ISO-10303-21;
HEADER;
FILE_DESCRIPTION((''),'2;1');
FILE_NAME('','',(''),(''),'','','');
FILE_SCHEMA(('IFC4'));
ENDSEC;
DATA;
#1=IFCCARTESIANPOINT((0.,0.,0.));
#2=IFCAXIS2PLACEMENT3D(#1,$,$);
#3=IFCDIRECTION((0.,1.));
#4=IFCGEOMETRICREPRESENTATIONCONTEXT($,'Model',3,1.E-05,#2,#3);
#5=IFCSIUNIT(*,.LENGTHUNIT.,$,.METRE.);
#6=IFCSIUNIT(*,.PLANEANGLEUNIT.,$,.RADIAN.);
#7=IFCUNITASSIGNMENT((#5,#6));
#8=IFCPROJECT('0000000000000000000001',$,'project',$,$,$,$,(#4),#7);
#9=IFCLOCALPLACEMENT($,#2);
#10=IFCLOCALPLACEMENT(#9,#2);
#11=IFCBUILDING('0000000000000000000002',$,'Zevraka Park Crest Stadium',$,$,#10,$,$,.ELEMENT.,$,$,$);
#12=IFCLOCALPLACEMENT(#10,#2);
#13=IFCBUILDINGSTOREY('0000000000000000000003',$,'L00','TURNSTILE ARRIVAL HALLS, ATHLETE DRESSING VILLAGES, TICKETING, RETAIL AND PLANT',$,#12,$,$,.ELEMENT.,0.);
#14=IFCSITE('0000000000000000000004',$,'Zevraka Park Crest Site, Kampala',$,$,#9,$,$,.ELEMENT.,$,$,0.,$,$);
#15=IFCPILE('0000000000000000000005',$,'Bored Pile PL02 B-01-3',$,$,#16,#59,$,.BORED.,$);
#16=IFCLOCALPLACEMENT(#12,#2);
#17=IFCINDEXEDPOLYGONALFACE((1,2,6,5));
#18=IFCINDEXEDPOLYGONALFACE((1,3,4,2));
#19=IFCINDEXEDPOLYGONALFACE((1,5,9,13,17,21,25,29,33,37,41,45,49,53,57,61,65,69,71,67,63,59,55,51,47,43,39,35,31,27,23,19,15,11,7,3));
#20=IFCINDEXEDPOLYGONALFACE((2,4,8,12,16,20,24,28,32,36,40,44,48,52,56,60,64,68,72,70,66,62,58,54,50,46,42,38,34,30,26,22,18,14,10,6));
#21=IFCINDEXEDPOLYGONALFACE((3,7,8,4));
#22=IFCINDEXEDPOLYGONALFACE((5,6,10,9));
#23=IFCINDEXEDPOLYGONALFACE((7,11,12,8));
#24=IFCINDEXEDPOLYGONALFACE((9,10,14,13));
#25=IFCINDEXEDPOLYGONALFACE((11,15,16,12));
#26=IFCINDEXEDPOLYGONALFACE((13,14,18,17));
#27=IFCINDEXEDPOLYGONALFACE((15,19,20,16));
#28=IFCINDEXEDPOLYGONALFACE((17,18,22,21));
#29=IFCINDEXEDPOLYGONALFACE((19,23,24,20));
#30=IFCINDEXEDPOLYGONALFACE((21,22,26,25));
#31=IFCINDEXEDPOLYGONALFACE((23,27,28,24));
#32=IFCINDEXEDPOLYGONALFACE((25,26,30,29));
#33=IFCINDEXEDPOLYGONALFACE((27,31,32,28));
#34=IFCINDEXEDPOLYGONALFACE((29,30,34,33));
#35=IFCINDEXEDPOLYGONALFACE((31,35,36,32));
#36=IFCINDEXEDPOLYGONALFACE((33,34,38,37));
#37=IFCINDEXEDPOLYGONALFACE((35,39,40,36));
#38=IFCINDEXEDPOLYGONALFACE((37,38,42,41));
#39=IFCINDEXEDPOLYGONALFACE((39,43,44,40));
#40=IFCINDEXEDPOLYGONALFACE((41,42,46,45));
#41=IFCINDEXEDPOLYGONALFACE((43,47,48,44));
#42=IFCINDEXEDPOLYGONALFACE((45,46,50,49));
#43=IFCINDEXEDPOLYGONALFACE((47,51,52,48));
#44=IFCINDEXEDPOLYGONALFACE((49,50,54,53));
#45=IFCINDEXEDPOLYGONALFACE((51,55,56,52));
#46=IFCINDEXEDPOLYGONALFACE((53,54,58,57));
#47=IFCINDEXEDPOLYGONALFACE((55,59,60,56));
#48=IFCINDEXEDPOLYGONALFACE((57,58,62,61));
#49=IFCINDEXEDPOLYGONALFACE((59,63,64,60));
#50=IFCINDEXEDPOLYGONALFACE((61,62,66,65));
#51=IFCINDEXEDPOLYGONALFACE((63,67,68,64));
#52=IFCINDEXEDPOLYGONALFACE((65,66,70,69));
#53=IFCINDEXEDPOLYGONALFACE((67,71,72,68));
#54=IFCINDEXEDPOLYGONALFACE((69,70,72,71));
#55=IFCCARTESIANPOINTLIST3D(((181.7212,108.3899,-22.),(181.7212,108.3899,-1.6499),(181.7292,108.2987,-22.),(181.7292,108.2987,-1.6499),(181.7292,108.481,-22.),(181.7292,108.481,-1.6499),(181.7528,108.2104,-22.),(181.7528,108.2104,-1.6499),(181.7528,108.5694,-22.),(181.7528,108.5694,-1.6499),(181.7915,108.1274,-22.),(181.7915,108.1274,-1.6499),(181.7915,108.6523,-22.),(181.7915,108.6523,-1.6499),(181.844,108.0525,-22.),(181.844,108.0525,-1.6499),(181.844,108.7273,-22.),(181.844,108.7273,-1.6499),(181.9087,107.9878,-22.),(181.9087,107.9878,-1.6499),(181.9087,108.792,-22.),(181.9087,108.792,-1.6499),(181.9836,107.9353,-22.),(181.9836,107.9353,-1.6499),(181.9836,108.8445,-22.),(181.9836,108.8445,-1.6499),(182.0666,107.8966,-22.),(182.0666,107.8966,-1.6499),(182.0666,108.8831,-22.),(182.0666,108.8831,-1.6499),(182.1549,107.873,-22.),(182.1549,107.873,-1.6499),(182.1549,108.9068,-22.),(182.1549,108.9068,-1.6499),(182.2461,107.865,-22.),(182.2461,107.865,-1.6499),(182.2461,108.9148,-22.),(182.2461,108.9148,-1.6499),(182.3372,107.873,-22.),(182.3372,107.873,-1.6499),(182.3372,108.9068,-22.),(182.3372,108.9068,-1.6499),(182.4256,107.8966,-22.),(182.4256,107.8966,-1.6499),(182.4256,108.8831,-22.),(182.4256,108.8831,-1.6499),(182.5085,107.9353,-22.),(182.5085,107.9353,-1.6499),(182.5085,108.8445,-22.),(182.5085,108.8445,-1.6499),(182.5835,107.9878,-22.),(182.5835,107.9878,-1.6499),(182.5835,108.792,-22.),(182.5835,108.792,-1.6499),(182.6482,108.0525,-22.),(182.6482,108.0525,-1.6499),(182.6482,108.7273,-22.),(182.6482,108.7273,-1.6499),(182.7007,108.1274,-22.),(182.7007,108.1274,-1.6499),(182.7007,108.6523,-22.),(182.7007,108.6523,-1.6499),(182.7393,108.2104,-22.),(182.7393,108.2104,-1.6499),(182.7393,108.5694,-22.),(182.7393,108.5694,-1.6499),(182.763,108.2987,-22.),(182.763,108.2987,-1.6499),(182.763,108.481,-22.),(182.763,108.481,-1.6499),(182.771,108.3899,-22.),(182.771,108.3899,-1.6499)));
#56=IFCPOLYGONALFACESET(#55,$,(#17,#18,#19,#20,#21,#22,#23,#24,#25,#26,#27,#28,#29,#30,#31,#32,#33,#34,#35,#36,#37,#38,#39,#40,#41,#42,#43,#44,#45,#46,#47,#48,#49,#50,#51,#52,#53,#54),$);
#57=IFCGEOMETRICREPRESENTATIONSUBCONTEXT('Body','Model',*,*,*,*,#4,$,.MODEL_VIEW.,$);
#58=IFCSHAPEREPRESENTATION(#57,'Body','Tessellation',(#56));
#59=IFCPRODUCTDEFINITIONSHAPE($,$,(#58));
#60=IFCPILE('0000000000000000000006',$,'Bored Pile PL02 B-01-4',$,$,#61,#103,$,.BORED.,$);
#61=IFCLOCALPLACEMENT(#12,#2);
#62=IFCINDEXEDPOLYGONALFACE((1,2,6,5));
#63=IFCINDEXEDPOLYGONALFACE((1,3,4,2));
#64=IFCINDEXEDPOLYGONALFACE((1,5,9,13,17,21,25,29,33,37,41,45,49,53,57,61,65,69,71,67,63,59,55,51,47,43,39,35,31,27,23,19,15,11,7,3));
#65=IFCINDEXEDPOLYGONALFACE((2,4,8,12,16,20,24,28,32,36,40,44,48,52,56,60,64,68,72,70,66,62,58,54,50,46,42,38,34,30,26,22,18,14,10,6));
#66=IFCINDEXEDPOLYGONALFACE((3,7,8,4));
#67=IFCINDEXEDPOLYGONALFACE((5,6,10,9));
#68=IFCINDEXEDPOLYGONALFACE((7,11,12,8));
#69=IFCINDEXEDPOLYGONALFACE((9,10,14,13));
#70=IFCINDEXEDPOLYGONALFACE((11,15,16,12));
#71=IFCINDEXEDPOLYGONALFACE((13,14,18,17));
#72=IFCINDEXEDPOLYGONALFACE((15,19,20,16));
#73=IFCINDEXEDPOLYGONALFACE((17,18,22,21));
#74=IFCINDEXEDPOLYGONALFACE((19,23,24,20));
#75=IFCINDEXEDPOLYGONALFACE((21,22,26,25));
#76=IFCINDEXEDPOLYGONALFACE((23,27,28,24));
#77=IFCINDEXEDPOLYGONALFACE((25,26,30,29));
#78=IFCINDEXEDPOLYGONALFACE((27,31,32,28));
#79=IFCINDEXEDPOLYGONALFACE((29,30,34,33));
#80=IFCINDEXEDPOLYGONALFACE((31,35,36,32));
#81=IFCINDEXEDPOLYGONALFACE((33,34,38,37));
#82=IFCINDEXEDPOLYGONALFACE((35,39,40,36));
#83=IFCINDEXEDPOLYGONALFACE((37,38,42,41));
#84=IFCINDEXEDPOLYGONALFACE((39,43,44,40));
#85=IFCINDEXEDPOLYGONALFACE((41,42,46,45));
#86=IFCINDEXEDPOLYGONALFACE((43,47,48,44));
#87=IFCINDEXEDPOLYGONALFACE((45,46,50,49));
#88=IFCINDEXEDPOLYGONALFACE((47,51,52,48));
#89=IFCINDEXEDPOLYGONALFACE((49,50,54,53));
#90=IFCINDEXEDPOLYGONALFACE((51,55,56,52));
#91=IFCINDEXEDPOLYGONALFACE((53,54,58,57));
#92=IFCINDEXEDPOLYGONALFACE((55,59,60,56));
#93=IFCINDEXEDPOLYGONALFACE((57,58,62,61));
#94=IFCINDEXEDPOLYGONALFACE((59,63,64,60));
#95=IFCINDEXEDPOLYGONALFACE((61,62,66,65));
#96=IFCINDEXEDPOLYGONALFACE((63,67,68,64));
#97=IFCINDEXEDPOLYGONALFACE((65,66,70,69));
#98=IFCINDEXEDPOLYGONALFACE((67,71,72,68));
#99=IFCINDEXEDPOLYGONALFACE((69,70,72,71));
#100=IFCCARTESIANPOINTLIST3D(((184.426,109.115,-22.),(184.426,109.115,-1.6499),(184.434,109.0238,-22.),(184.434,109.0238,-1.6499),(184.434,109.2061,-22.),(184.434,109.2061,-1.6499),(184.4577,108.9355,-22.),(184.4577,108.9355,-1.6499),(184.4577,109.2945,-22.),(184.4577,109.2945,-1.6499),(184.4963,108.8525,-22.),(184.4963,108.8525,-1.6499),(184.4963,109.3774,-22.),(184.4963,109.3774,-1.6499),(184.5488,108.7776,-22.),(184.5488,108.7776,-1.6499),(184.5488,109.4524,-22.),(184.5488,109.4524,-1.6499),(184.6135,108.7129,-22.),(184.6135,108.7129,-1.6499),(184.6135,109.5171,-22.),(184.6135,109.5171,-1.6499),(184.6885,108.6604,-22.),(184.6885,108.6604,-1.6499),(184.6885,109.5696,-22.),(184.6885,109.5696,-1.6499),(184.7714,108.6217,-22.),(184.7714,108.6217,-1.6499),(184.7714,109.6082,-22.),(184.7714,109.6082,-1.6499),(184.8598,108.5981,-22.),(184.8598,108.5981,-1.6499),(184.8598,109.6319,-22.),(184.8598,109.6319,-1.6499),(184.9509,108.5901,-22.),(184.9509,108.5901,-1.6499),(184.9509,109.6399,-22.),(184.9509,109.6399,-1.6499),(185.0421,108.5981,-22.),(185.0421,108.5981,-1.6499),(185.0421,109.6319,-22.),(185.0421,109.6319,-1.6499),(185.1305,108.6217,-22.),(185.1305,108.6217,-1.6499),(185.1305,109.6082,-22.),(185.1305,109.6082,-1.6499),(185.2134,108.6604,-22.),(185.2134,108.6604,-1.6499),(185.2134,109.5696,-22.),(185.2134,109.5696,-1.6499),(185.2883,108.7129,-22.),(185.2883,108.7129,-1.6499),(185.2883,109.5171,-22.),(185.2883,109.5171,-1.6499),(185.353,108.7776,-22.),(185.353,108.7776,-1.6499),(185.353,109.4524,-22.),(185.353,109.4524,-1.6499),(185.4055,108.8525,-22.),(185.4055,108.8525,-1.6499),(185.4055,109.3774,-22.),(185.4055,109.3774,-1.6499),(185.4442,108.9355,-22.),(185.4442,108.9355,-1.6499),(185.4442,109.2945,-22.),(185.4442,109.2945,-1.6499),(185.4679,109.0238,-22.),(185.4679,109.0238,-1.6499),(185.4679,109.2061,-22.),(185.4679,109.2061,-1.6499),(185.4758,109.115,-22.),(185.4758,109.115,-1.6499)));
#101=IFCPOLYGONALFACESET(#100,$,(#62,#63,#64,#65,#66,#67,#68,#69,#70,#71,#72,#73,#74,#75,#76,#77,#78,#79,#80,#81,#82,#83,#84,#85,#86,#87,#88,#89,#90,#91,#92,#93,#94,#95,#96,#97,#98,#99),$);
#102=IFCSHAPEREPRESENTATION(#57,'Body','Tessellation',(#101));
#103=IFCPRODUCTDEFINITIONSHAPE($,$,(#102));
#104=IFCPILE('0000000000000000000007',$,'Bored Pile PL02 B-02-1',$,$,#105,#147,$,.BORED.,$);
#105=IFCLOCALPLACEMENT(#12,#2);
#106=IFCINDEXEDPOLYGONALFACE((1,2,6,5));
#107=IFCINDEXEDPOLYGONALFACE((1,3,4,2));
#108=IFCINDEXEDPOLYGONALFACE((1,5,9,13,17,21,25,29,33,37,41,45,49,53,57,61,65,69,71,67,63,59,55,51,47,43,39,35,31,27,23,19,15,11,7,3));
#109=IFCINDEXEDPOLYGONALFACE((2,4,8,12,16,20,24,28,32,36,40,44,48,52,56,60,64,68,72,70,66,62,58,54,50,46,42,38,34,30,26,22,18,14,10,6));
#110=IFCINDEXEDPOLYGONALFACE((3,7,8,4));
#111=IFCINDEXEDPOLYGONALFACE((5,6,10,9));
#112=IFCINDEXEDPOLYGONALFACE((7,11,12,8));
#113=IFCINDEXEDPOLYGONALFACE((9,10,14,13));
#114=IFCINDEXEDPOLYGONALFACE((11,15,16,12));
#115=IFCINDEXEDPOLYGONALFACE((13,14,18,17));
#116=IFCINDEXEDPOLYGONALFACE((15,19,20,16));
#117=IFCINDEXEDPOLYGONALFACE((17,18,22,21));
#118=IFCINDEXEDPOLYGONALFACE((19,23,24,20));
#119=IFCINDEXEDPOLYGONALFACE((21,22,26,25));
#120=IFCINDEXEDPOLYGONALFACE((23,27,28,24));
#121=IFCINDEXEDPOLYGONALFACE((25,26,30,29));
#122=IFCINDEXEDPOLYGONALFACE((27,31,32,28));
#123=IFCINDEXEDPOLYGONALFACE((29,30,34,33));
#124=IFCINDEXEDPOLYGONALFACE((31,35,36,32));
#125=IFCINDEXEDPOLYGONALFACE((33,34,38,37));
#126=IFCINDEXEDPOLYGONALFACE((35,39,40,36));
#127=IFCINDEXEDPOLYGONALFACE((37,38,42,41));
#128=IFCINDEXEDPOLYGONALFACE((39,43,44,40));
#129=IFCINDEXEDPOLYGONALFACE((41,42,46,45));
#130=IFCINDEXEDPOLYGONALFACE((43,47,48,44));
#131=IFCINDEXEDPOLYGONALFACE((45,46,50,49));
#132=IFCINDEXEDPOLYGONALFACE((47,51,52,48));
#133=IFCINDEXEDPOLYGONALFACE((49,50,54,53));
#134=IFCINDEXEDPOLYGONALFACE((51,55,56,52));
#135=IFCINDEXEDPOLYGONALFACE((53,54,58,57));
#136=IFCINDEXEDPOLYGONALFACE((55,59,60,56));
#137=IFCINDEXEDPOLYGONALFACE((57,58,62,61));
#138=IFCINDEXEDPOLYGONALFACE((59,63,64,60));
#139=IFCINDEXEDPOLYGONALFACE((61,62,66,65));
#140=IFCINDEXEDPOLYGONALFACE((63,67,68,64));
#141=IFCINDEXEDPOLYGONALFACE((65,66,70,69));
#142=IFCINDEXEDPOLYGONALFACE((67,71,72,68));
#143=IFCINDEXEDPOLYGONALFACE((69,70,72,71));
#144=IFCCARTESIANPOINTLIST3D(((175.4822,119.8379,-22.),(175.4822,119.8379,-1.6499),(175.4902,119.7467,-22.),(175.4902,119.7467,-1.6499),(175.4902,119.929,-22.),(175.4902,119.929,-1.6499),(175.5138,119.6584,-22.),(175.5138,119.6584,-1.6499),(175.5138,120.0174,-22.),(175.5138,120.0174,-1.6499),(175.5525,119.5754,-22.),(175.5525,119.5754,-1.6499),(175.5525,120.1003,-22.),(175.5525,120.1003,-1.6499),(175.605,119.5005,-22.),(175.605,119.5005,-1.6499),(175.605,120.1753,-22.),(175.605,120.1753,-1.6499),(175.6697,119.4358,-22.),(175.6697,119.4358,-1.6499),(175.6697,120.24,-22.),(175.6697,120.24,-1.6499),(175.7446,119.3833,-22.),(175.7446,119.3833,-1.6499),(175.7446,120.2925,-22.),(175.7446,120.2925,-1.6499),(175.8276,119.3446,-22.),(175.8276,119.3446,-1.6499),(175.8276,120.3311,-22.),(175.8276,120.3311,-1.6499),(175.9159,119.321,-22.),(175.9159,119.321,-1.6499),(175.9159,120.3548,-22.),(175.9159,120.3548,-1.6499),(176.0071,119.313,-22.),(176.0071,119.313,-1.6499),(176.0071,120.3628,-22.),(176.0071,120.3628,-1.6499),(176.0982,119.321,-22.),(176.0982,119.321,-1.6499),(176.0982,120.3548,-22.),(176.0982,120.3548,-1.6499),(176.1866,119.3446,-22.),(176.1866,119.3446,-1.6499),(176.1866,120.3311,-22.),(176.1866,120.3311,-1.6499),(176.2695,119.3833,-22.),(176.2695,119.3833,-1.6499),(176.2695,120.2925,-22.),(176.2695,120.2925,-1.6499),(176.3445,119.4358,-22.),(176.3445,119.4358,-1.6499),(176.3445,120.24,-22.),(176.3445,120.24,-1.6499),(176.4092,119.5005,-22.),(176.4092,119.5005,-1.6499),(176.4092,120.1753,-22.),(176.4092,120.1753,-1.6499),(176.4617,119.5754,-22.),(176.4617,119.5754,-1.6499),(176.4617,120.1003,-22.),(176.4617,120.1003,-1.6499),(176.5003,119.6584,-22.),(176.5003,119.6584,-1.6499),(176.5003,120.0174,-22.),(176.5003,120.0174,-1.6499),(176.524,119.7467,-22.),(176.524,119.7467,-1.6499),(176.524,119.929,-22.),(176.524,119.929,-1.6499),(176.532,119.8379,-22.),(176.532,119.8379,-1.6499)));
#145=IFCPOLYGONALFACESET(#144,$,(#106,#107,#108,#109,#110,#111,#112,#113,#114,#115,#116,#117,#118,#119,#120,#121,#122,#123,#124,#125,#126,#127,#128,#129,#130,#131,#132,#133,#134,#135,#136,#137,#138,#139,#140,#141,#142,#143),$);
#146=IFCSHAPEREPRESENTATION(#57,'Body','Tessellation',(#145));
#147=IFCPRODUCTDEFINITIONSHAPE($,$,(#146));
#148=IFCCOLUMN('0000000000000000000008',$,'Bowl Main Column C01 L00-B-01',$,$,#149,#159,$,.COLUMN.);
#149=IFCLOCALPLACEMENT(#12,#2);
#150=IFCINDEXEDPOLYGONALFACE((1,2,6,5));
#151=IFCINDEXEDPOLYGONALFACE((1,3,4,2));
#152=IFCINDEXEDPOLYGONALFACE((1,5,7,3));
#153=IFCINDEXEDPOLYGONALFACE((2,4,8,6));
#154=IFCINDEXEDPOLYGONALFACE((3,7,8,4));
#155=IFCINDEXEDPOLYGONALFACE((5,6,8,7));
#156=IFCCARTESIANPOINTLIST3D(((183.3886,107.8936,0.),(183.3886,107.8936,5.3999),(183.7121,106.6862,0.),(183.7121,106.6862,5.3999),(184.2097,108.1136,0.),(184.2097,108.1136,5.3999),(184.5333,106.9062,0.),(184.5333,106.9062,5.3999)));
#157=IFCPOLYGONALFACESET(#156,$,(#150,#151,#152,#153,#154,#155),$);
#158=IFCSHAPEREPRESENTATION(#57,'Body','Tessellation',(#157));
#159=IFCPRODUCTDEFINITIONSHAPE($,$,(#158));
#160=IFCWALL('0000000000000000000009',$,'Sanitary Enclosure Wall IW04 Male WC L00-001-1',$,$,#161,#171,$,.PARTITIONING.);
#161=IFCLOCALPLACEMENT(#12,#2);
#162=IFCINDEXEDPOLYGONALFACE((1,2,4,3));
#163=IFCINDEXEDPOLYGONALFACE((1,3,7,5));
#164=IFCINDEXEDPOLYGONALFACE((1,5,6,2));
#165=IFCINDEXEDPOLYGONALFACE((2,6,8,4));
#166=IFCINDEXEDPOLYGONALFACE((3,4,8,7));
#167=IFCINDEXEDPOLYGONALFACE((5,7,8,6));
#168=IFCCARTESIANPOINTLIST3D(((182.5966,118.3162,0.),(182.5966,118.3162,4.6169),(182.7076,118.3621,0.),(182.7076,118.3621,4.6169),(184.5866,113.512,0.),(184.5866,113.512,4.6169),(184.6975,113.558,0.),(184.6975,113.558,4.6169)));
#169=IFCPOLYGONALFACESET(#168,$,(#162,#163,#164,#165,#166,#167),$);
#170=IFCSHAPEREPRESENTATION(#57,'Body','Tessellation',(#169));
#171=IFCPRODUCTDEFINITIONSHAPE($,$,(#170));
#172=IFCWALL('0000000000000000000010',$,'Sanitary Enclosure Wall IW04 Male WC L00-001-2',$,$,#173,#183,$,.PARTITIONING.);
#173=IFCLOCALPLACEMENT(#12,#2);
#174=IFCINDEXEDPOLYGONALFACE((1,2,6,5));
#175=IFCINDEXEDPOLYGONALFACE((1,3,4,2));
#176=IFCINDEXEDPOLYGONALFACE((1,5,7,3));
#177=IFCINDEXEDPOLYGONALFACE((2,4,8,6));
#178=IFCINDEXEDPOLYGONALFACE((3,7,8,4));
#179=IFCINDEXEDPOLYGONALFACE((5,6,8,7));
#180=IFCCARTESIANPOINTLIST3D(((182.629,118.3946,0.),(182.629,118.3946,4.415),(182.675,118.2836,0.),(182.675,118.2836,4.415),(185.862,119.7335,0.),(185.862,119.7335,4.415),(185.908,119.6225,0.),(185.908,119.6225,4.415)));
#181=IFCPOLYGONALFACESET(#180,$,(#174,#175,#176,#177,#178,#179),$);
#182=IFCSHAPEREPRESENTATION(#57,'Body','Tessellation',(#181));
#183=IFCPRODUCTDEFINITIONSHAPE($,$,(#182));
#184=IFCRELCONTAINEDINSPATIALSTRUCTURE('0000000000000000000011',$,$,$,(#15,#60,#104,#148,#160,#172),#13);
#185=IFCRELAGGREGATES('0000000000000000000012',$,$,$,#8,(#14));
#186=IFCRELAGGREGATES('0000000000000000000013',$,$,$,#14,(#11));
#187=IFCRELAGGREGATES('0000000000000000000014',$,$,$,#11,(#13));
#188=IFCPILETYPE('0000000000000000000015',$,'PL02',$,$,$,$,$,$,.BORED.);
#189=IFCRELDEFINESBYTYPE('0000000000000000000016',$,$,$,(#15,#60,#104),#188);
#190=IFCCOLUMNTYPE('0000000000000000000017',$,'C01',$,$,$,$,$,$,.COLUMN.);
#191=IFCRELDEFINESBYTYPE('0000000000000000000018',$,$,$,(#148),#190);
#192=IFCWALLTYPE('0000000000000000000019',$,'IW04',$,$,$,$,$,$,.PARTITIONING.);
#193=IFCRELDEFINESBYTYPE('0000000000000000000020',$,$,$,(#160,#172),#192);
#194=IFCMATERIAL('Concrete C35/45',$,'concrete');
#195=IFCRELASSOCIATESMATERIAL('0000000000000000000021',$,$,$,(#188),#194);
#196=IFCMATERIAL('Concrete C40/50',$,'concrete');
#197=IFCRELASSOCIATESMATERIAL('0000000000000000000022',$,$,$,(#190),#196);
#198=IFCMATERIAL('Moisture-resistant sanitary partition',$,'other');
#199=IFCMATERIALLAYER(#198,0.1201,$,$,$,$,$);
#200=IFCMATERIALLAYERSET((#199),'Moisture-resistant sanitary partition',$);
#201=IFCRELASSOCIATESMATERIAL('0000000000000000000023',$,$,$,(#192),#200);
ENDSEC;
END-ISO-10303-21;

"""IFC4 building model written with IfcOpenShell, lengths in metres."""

from ifc_helpers import new_model, si_unit, direction, frame, frame_2d, origin, origin_2d, place, context, subcontext, project, spatial, rectangle, circle, extrude, material, layer, layer_set, material_profile, profile_set, type_object, element, save


model = new_model("IFC4")

# Units and contexts
model_context = context("Model", 3, precision=1e-05, world=origin(), true_north=direction((0.0, 1.0)))
body_context = subcontext(model_context, "Body", "Model", "MODEL_VIEW")
ifc_project = project(units=[si_unit("LENGTHUNIT", "METRE"), si_unit("PLANEANGLEUNIT", "RADIAN")], contexts=[model_context])

# Site, building, storey
site_placement = place(None, origin())
site = spatial("IfcSite", under=ifc_project, at=site_placement, Name="Zevraka Park Crest Site, Kampala", CompositionType="ELEMENT", RefElevation=0.0)
building_placement = place(site_placement, origin())
building = spatial("IfcBuilding", under=site, at=building_placement, Name="Zevraka Park Crest Stadium", CompositionType="ELEMENT")
storey_placement = place(building_placement, origin())
storey = spatial("IfcBuildingStorey", under=building, at=storey_placement, Name="L00", Description="TURNSTILE ARRIVAL HALLS, ATHLETE DRESSING VILLAGES, TICKETING, RETAIL AND PLANT", CompositionType="ELEMENT", Elevation=0.0)

# Piles
ifc_material_1 = material(Name="Concrete C35/45", Category="concrete")
ifc_material_profile_1 = material_profile(ifc_material_1, circle(Radius=0.5249, at=origin_2d()), Name="PILE D1050")
ifc_profile_set_1 = profile_set([ifc_material_profile_1], Name="Concrete C35/45")
pile_type_1 = type_object("IfcPileType", Name="PL02", PredefinedType="BORED", material=ifc_profile_set_1)
for number, where, z_axis, x_axis, name in (
    (1, (182.2461, 108.3899, -1.6499), (0.0, 0.0, -1.0), (1.0, 0.0, 0.0), "Bored Pile PL02 B-01-3"),
    (2, (184.9509, 109.115, -1.6499), (0.0, 0.0, -1.0), (1.0, 0.0, 0.0), "Bored Pile PL02 B-01-4"),
    (3, (176.0071, 119.8379, -1.6499), (0.0, 0.0, -1.0), (1.0, 0.0, 0.0), "Bored Pile PL02 B-02-1"),
):
    element("IfcPile", number, at=place(storey_placement, frame(where, z_axis=z_axis, x_axis=x_axis)), inside=storey, type_object=pile_type_1, Name=name, PredefinedType="BORED", context=body_context, shape_type="SweptSolid", body=[
        extrude(circle(Radius=0.5249, at=origin_2d()), origin(), (0.0, 0.0, 1.0), 20.3501),
    ])

# Column
ifc_material_2 = material(Name="Concrete C40/50", Category="concrete")
ifc_material_profile_2 = material_profile(ifc_material_2, rectangle(XDim=0.8501, YDim=1.25, at=origin_2d()), Name="RC 1250x850")
ifc_profile_set_2 = profile_set([ifc_material_profile_2], Name="Concrete C40/50")
column_type = type_object("IfcColumnType", Name="C01", PredefinedType="COLUMN", material=ifc_profile_set_2)
column_placement = place(storey_placement, frame((183.9609, 107.3999, 0.0), z_axis=(0.0, 0.0, 1.0), x_axis=(0.965926, 0.258819, 0.0)))
element("IfcColumn", 4, at=column_placement, inside=storey, type_object=column_type, Name="Bowl Main Column C01 L00-B-01", PredefinedType="COLUMN", context=body_context, shape_type="SweptSolid", body=[
    extrude(rectangle(XDim=0.8501, YDim=1.25, at=origin_2d()), origin(), (0.0, 0.0, 1.0), 5.3999),
])

# Walls
ifc_material_3 = material(Name="Moisture-resistant sanitary partition", Category="other")
ifc_layer_1 = layer(ifc_material_3, 0.1201)
ifc_layer_set_1 = layer_set([ifc_layer_1], Name="Moisture-resistant sanitary partition")
wall_type_1 = type_object("IfcWallType", Name="IW04", PredefinedType="PARTITIONING", material=ifc_layer_set_1)
wall_1_placement = place(storey_placement, frame((184.6421, 113.5349, 0.0), z_axis=(0.0, 0.0, 1.0), x_axis=(-0.382688, 0.923878, 0.0)))
element("IfcWall", 5, at=wall_1_placement, inside=storey, type_object=wall_type_1, Name="Sanitary Enclosure Wall IW04 Male WC L00-001-1", PredefinedType="PARTITIONING", context=body_context, shape_type="SweptSolid", body=[
    extrude(rectangle(XDim=5.2, YDim=0.1201, at=frame_2d((2.6001, 0.0))), origin(), (0.0, 0.0, 1.0), 4.6169),
])
wall_2_placement = place(storey_placement, frame((182.6521, 118.3391, 0.0), z_axis=(0.0, 0.0, 1.0), x_axis=(0.923905, 0.382623, 0.0)))
element("IfcWall", 6, at=wall_2_placement, inside=storey, type_object=wall_type_1, Name="Sanitary Enclosure Wall IW04 Male WC L00-001-2", PredefinedType="PARTITIONING", context=body_context, shape_type="SweptSolid", body=[
    extrude(rectangle(XDim=3.4993, YDim=0.1201, at=frame_2d((1.7495, 0.0))), origin(), (0.0, 0.0, 1.0), 4.415),
])

save(model, "model.ifc")
